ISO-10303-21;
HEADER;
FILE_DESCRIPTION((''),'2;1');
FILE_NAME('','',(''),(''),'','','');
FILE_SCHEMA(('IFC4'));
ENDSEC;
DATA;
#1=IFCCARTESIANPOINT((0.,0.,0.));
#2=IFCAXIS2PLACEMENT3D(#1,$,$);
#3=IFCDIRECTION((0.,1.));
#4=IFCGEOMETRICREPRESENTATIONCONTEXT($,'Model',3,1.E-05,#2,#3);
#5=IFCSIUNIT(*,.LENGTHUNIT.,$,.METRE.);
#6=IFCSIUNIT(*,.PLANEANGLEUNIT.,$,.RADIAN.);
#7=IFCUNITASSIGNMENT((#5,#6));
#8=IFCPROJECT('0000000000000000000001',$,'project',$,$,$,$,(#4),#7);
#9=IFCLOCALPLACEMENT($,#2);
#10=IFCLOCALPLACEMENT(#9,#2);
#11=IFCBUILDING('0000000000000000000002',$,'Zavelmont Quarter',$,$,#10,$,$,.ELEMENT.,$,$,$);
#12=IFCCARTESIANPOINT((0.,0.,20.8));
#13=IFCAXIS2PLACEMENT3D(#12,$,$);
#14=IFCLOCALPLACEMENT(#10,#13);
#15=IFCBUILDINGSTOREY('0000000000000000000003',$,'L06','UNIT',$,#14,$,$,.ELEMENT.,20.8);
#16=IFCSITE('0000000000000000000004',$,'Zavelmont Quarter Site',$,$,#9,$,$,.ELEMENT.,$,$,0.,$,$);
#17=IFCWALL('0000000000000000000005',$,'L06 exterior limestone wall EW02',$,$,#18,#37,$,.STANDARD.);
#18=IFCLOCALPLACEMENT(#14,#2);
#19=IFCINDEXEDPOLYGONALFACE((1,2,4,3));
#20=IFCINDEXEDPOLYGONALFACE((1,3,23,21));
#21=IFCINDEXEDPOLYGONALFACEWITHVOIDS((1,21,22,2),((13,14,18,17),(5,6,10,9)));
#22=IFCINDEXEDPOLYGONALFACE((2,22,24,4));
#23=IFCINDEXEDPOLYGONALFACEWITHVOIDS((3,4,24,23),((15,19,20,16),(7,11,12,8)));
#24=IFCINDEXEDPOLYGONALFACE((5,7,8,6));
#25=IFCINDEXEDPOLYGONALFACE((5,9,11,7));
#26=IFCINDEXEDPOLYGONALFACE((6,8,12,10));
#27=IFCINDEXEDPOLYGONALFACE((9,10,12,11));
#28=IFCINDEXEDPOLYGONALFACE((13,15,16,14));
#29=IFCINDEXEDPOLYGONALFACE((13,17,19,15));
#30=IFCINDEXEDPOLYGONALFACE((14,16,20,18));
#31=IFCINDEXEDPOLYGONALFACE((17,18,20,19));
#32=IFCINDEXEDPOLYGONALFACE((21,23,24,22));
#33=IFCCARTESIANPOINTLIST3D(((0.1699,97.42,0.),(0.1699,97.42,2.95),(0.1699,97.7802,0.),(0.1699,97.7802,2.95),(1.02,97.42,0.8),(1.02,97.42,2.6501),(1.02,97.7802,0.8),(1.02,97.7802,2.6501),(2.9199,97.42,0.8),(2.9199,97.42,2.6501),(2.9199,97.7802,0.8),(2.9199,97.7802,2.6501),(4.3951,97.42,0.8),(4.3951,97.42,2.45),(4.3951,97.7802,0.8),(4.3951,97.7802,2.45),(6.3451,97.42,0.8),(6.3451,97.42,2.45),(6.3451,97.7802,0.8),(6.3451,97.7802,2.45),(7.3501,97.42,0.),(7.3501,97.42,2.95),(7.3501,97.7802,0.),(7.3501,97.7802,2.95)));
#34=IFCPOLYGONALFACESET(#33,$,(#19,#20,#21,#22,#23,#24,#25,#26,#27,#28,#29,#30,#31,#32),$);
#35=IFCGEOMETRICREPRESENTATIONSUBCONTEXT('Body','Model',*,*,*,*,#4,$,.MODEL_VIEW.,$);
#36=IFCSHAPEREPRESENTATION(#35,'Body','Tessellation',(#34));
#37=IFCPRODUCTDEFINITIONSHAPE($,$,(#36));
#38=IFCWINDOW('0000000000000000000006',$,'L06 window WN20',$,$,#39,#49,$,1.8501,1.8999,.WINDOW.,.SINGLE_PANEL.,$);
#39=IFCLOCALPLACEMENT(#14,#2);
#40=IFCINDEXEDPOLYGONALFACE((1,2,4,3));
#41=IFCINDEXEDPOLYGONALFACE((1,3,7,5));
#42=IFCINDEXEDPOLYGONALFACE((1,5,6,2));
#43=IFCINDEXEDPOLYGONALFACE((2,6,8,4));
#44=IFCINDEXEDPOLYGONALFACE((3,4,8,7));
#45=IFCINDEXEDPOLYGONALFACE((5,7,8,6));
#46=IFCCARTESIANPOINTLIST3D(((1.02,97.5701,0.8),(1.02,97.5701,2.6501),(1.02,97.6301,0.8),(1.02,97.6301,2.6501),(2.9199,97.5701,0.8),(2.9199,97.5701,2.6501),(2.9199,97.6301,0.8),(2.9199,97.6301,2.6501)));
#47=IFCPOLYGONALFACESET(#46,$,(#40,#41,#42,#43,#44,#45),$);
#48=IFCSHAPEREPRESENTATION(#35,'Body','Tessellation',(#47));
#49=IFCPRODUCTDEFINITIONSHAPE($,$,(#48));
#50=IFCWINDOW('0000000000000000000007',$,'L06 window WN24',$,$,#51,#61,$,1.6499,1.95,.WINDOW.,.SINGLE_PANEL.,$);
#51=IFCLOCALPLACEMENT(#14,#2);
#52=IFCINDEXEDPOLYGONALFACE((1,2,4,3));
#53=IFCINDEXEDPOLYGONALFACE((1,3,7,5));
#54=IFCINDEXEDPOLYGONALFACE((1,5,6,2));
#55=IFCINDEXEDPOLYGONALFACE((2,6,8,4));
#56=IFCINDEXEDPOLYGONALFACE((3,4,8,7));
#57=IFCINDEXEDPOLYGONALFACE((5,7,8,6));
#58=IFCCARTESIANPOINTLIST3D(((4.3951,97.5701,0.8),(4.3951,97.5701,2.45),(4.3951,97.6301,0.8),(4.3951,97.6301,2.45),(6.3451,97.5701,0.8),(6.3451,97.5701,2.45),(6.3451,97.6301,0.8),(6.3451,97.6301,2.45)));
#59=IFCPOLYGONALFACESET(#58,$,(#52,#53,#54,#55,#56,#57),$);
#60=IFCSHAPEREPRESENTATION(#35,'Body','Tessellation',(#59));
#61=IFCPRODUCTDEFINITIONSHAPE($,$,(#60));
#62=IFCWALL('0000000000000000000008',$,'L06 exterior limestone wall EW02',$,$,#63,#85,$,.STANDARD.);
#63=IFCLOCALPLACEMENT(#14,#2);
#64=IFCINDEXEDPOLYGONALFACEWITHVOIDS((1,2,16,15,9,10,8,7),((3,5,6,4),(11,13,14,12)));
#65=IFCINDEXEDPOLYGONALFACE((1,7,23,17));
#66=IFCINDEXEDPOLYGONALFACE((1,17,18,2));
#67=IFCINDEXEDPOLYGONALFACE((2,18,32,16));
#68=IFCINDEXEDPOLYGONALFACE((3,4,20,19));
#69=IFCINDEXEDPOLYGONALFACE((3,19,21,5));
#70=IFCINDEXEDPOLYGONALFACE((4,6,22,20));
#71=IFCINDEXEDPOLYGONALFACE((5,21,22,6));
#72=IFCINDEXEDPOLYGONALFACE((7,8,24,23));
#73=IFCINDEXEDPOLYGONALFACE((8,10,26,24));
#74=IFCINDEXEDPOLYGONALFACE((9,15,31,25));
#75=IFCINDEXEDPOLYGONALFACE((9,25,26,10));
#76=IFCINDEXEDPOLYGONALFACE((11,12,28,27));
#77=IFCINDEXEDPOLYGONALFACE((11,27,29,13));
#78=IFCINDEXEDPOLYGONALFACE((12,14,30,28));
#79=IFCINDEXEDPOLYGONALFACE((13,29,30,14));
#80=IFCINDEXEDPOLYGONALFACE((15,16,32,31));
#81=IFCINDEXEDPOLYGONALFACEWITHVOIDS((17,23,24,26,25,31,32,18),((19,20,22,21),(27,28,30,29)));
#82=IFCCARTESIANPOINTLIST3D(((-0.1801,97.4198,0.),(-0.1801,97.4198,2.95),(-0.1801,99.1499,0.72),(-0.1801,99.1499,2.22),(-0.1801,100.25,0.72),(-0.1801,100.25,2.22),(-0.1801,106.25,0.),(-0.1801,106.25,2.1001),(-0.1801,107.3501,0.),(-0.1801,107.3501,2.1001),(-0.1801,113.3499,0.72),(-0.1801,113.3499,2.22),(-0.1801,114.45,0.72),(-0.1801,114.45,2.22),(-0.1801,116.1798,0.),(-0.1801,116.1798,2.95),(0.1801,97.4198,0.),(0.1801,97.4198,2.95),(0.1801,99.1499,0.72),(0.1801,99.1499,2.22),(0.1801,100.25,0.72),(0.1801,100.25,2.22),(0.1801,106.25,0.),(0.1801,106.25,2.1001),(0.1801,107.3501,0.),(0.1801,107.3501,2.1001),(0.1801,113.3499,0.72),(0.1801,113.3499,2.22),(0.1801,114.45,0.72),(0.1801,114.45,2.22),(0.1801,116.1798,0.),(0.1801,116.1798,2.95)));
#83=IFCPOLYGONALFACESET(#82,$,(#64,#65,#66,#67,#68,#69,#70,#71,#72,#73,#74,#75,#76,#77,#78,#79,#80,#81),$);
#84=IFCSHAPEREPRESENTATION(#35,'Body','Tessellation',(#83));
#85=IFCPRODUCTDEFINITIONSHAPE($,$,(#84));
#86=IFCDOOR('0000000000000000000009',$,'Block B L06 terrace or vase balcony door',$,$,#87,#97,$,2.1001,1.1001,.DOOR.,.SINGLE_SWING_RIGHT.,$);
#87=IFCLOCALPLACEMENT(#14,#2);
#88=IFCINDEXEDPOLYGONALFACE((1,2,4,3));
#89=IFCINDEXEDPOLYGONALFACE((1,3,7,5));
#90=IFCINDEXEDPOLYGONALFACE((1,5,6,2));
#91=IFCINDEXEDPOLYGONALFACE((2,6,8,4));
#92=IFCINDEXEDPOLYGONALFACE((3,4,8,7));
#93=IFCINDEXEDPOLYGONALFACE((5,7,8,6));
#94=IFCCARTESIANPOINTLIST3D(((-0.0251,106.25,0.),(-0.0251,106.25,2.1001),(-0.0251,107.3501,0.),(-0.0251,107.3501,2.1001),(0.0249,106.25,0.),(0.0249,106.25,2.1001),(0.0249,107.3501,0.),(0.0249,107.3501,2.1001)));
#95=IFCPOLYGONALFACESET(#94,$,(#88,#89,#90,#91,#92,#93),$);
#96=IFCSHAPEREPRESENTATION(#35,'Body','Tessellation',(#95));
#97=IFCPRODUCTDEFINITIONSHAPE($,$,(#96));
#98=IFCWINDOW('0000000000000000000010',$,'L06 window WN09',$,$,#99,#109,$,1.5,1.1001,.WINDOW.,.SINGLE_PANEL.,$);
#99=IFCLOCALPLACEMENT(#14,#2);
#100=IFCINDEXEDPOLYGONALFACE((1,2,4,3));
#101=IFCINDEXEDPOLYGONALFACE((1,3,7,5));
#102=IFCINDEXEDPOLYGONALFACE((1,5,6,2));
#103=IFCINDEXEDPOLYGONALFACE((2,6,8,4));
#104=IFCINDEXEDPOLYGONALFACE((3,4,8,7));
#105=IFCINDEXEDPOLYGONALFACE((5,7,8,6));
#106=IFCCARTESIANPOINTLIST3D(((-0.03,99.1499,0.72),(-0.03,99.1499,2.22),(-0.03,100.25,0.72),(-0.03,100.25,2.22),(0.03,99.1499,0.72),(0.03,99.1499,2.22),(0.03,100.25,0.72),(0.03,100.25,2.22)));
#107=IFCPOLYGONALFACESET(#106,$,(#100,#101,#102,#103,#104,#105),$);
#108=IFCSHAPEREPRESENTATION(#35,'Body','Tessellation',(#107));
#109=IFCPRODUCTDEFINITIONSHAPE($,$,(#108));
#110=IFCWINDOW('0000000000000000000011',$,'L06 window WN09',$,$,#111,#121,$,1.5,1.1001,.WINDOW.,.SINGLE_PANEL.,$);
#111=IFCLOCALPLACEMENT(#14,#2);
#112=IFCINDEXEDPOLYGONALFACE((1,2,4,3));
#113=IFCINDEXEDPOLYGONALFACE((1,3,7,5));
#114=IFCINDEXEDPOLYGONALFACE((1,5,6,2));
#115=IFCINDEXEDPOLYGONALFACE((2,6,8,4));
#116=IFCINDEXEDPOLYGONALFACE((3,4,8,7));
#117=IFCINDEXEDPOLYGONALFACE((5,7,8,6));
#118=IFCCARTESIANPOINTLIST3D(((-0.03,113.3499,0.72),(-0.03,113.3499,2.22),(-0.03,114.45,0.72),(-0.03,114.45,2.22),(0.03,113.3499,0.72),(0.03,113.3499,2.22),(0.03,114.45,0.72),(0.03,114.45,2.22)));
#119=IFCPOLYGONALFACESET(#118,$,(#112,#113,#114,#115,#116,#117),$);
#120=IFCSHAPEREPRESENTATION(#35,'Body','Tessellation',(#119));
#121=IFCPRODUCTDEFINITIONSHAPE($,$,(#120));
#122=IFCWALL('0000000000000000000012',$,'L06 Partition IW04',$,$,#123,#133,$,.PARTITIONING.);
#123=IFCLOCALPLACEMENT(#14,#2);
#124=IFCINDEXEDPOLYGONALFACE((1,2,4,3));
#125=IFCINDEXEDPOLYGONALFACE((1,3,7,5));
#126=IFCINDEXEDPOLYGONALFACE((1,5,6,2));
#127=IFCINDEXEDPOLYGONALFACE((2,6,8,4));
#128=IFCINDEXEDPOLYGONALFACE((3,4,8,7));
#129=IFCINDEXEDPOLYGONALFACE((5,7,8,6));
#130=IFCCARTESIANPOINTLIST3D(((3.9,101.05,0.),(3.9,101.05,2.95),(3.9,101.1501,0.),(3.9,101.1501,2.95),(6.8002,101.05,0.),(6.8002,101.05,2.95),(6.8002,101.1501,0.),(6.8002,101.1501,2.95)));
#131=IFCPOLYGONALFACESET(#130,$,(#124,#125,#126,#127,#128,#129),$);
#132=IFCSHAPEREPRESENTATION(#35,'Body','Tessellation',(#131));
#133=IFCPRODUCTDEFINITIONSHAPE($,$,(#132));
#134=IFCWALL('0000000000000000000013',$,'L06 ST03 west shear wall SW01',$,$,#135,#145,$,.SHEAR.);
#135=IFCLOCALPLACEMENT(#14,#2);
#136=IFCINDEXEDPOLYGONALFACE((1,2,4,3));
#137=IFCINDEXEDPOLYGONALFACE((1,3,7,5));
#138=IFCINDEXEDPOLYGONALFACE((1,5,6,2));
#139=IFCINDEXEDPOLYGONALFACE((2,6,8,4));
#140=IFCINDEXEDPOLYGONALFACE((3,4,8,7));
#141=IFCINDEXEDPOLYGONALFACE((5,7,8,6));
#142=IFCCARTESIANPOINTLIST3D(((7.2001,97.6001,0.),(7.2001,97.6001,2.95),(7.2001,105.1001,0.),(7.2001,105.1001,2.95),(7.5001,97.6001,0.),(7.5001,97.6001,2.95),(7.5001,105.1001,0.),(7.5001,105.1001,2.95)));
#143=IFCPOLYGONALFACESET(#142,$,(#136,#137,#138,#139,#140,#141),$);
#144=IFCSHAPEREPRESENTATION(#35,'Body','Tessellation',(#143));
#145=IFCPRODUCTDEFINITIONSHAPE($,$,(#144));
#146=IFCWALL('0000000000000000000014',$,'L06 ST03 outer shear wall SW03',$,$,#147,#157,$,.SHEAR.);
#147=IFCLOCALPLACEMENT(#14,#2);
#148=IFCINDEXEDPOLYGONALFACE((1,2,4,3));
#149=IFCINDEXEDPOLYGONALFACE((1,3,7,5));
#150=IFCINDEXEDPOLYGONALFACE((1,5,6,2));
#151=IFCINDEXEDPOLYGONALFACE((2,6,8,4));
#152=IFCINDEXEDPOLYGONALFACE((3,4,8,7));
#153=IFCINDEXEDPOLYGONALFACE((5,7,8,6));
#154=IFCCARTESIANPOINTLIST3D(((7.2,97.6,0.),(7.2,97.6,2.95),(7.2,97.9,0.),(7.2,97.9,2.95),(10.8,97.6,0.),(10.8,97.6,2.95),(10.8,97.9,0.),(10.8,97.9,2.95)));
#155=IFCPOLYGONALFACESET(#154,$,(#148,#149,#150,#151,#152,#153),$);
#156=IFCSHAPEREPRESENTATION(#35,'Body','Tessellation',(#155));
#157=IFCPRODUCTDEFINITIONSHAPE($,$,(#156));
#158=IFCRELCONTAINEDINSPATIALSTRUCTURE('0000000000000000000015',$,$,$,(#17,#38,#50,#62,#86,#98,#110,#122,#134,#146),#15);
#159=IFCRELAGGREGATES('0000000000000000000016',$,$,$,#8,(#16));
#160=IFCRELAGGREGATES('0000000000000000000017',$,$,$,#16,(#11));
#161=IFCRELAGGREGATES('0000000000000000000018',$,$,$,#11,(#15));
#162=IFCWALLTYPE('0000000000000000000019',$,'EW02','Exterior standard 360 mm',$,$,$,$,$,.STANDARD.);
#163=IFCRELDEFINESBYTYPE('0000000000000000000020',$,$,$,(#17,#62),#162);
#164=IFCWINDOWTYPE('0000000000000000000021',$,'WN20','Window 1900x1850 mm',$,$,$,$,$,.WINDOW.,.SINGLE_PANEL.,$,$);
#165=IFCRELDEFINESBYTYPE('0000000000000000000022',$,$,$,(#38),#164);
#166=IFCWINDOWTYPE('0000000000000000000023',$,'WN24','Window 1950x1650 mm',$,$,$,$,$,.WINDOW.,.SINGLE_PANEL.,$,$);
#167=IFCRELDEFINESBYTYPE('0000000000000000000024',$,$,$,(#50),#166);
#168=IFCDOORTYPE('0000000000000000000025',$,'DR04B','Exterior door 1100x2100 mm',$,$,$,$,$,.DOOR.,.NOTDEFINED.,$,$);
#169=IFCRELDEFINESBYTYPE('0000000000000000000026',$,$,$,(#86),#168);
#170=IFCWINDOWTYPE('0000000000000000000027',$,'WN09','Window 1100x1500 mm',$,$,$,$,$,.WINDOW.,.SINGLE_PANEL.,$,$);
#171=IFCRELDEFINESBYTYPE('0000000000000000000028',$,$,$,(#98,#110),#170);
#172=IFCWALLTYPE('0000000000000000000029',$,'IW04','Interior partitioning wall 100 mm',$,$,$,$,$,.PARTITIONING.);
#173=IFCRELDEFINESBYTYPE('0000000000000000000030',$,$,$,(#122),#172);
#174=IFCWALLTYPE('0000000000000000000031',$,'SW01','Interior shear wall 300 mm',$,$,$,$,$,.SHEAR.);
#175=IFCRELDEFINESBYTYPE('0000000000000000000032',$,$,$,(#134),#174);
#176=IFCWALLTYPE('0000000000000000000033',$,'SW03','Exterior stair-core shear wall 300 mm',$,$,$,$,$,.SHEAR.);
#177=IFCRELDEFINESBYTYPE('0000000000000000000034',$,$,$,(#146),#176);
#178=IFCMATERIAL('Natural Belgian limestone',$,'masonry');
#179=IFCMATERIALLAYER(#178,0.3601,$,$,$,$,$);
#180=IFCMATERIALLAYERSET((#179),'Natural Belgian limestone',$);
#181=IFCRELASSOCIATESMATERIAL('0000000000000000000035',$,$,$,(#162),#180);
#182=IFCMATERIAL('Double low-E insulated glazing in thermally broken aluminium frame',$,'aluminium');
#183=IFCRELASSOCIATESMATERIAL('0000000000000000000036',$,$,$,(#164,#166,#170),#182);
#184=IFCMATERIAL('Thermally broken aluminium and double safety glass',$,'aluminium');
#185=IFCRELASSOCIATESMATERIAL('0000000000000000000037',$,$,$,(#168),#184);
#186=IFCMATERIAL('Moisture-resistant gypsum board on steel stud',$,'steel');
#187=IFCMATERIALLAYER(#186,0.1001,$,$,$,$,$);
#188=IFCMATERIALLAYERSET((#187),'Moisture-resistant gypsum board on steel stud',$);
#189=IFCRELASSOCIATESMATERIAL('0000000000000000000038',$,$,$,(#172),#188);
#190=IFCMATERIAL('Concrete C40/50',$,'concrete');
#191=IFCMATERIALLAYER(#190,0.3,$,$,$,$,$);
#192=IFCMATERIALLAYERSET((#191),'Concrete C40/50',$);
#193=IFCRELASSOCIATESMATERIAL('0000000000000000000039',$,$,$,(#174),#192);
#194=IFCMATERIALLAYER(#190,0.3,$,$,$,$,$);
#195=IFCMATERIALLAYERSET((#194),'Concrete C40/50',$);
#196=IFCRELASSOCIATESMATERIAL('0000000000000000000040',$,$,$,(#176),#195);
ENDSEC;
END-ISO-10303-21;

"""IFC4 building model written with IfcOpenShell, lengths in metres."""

from ifc_helpers import new_model, si_unit, direction, frame, frame_2d, origin, origin_with_axes, place, context, subcontext, project, spatial, rectangle, extrude, material, layer, layer_set, type_object, element, fill, save


model = new_model("IFC4")

# Units and contexts
model_context = context("Model", 3, precision=1e-05, world=origin(), true_north=direction((0.0, 1.0)))
body_context = subcontext(model_context, "Body", "Model", "MODEL_VIEW")
ifc_project = project(units=[si_unit("LENGTHUNIT", "METRE"), si_unit("PLANEANGLEUNIT", "RADIAN")], contexts=[model_context])

# Site, building, storey
site_placement = place(None, origin())
site = spatial("IfcSite", under=ifc_project, at=site_placement, Name="Zavelmont Quarter Site", CompositionType="ELEMENT", RefElevation=0.0)
building_placement = place(site_placement, origin())
building = spatial("IfcBuilding", under=site, at=building_placement, Name="Zavelmont Quarter", CompositionType="ELEMENT")
storey_placement = place(building_placement, frame((0.0, 0.0, 20.8)))
storey = spatial("IfcBuildingStorey", under=building, at=storey_placement, Name="L06", Description="UNIT", CompositionType="ELEMENT", Elevation=20.8)

# Shared definitions
ifc_material_1 = material(Name="Concrete C40/50", Category="concrete")

# Wall, openings, windows
ifc_material_2 = material(Name="Natural Belgian limestone", Category="masonry")
ifc_layer_1 = layer(ifc_material_2, 0.3601)
ifc_layer_set_1 = layer_set([ifc_layer_1], Name="Natural Belgian limestone")
wall_type_1 = type_object("IfcWallType", Name="EW02", Description="Exterior standard 360 mm", PredefinedType="STANDARD", material=ifc_layer_set_1)
wall_1_placement = place(storey_placement, frame((0.1699, 97.6001, 0.0), z_axis=(0.0, 0.0, 1.0), x_axis=(1.0, 0.0, 0.0)))
wall_1 = element("IfcWall", 1, at=wall_1_placement, inside=storey, type_object=wall_type_1, Name="L06 exterior limestone wall EW02", PredefinedType="STANDARD", context=body_context, shape_type="SweptSolid", body=[
    extrude(rectangle(XDim=7.1802, YDim=0.3601, at=frame_2d((3.5901, 0.0))), origin(), (0.0, 0.0, 1.0), 2.95),
])
opening_1_placement = place(wall_1_placement, frame((0.8501, 0.0, 0.8)))
opening_1 = element("IfcOpeningElement", 2, at=opening_1_placement, cuts=wall_1, PredefinedType="OPENING", context=body_context, shape_type="SweptSolid", body=[
    extrude(rectangle(XDim=1.8999, YDim=1.8501, at=frame_2d((0.95, 0.925))), frame((0.0, 0.1919, 0.0), z_axis=(0.0, -1.0, 0.0), x_axis=(1.0, 0.0, 0.0)), (0.0, 0.0, 1.0), 0.384),
])
opening_2_placement = place(wall_1_placement, frame((4.2251, 0.0, 0.8)))
opening_2 = element("IfcOpeningElement", 3, at=opening_2_placement, cuts=wall_1, PredefinedType="OPENING", context=body_context, shape_type="SweptSolid", body=[
    extrude(rectangle(XDim=1.95, YDim=1.6499, at=frame_2d((0.9751, 0.825))), frame((0.0, 0.1919, 0.0), z_axis=(0.0, -1.0, 0.0), x_axis=(1.0, 0.0, 0.0)), (0.0, 0.0, 1.0), 0.384),
])
ifc_material_3 = material(Name="Double low-E insulated glazing in thermally broken aluminium frame", Category="aluminium")
window_type_1 = type_object("IfcWindowType", Name="WN20", Description="Window 1900x1850 mm", PartitioningType="SINGLE_PANEL", PredefinedType="WINDOW", material=ifc_material_3)
window_1_placement = place(opening_1_placement, origin_with_axes())
window_1 = element("IfcWindow", 4, at=window_1_placement, inside=storey, type_object=window_type_1, Name="L06 window WN20", OverallHeight=1.8501, OverallWidth=1.8999, PartitioningType="SINGLE_PANEL", PredefinedType="WINDOW", context=body_context, shape_type="SweptSolid", body=[
    extrude(rectangle(XDim=1.8999, YDim=1.8501, at=frame_2d((0.95, 0.925))), frame((0.0, 0.03, 0.0), z_axis=(0.0, -1.0, 0.0), x_axis=(1.0, 0.0, 0.0)), (0.0, 0.0, 1.0), 0.0601),
])
fill(opening_1, window_1)
window_type_2 = type_object("IfcWindowType", Name="WN24", Description="Window 1950x1650 mm", PartitioningType="SINGLE_PANEL", PredefinedType="WINDOW", material=ifc_material_3)
window_2_placement = place(opening_2_placement, origin_with_axes())
window_2 = element("IfcWindow", 5, at=window_2_placement, inside=storey, type_object=window_type_2, Name="L06 window WN24", OverallHeight=1.6499, OverallWidth=1.95, PartitioningType="SINGLE_PANEL", PredefinedType="WINDOW", context=body_context, shape_type="SweptSolid", body=[
    extrude(rectangle(XDim=1.95, YDim=1.6499, at=frame_2d((0.9751, 0.825))), frame((0.0, 0.03, 0.0), z_axis=(0.0, -1.0, 0.0), x_axis=(1.0, 0.0, 0.0)), (0.0, 0.0, 1.0), 0.0601),
])
fill(opening_2, window_2)

# Wall, openings, door, windows
wall_2_placement = place(storey_placement, frame((0.0, 97.4199, 0.0), z_axis=(0.0, 0.0, 1.0), x_axis=(0.0, 1.0, 0.0)))
wall_2 = element("IfcWall", 6, at=wall_2_placement, inside=storey, type_object=wall_type_1, Name="L06 exterior limestone wall EW02", PredefinedType="STANDARD", context=body_context, shape_type="SweptSolid", body=[
    extrude(rectangle(XDim=18.76, YDim=0.3601, at=frame_2d((9.3799, 0.0))), origin(), (0.0, 0.0, 1.0), 2.95),
])
opening_3_placement = place(wall_2_placement, frame((8.8301, 0.0, 0.0)))
opening_3 = element("IfcOpeningElement", 7, at=opening_3_placement, cuts=wall_2, PredefinedType="OPENING", context=body_context, shape_type="SweptSolid", body=[
    extrude(rectangle(XDim=1.1001, YDim=2.1001, at=frame_2d((0.55, 1.05))), frame((0.0, 0.1919, 0.0), z_axis=(0.0, -1.0, 0.0), x_axis=(1.0, 0.0, 0.0)), (0.0, 0.0, 1.0), 0.384),
])
opening_4_placement = place(wall_2_placement, frame((1.73, 0.0, 0.72)))
opening_4 = element("IfcOpeningElement", 8, at=opening_4_placement, cuts=wall_2, PredefinedType="OPENING", context=body_context, shape_type="SweptSolid", body=[
    extrude(rectangle(XDim=1.1001, YDim=1.5, at=frame_2d((0.55, 0.75))), frame((0.0, 0.1919, 0.0), z_axis=(0.0, -1.0, 0.0), x_axis=(1.0, 0.0, 0.0)), (0.0, 0.0, 1.0), 0.384),
])
opening_5_placement = place(wall_2_placement, frame((15.9299, 0.0, 0.72)))
opening_5 = element("IfcOpeningElement", 9, at=opening_5_placement, cuts=wall_2, PredefinedType="OPENING", context=body_context, shape_type="SweptSolid", body=[
    extrude(rectangle(XDim=1.1001, YDim=1.5, at=frame_2d((0.55, 0.75))), frame((0.0, 0.1919, 0.0), z_axis=(0.0, -1.0, 0.0), x_axis=(1.0, 0.0, 0.0)), (0.0, 0.0, 1.0), 0.384),
])
ifc_material_4 = material(Name="Thermally broken aluminium and double safety glass", Category="aluminium")
door_type = type_object("IfcDoorType", Name="DR04B", Description="Exterior door 1100x2100 mm", OperationType="NOTDEFINED", PredefinedType="DOOR", material=ifc_material_4)
door_placement = place(opening_3_placement, frame((1.1001, 0.0, 0.0), z_axis=(0.0, 0.0, 1.0), x_axis=(-1.0, 0.0, 0.0)))
door = element("IfcDoor", 10, at=door_placement, inside=storey, type_object=door_type, Name="Block B L06 terrace or vase balcony door", OperationType="SINGLE_SWING_RIGHT", OverallHeight=2.1001, OverallWidth=1.1001, PredefinedType="DOOR", context=body_context, shape_type="SweptSolid", body=[
    extrude(rectangle(XDim=1.1001, YDim=2.1001, at=frame_2d((0.55, 1.05))), frame((0.0, 0.0249, 0.0), z_axis=(0.0, -1.0, 0.0), x_axis=(1.0, 0.0, 0.0)), (0.0, 0.0, 1.0), 0.05),
])
fill(opening_3, door)
window_type_3 = type_object("IfcWindowType", Name="WN09", Description="Window 1100x1500 mm", PartitioningType="SINGLE_PANEL", PredefinedType="WINDOW", material=ifc_material_3)
window_3_placement = place(opening_4_placement, origin_with_axes())
window_3 = element("IfcWindow", 11, at=window_3_placement, inside=storey, type_object=window_type_3, Name="L06 window WN09", OverallHeight=1.5, OverallWidth=1.1001, PartitioningType="SINGLE_PANEL", PredefinedType="WINDOW", context=body_context, shape_type="SweptSolid", body=[
    extrude(rectangle(XDim=1.1001, YDim=1.5, at=frame_2d((0.55, 0.75))), frame((0.0, 0.03, 0.0), z_axis=(0.0, -1.0, 0.0), x_axis=(1.0, 0.0, 0.0)), (0.0, 0.0, 1.0), 0.0601),
])
fill(opening_4, window_3)
window_4_placement = place(opening_5_placement, origin_with_axes())
window_4 = element("IfcWindow", 12, at=window_4_placement, inside=storey, type_object=window_type_3, Name="L06 window WN09", OverallHeight=1.5, OverallWidth=1.1001, PartitioningType="SINGLE_PANEL", PredefinedType="WINDOW", context=body_context, shape_type="SweptSolid", body=[
    extrude(rectangle(XDim=1.1001, YDim=1.5, at=frame_2d((0.55, 0.75))), frame((0.0, 0.03, 0.0), z_axis=(0.0, -1.0, 0.0), x_axis=(1.0, 0.0, 0.0)), (0.0, 0.0, 1.0), 0.0601),
])
fill(opening_5, window_4)

# Walls
ifc_material_5 = material(Name="Moisture-resistant gypsum board on steel stud", Category="steel")
ifc_layer_2 = layer(ifc_material_5, 0.1001)
ifc_layer_set_2 = layer_set([ifc_layer_2], Name="Moisture-resistant gypsum board on steel stud")
wall_type_2 = type_object("IfcWallType", Name="IW04", Description="Interior partitioning wall 100 mm", PredefinedType="PARTITIONING", material=ifc_layer_set_2)
wall_3_placement = place(storey_placement, frame((3.8999, 101.1001, 0.0), z_axis=(0.0, 0.0, 1.0), x_axis=(1.0, 0.0, 0.0)))
element("IfcWall", 13, at=wall_3_placement, inside=storey, type_object=wall_type_2, Name="L06 Partition IW04", PredefinedType="PARTITIONING", context=body_context, shape_type="SweptSolid", body=[
    extrude(rectangle(XDim=2.9001, YDim=0.1001, at=frame_2d((1.4502, 0.0))), origin(), (0.0, 0.0, 1.0), 2.95),
])
ifc_layer_3 = layer(ifc_material_1, 0.3)
ifc_layer_set_3 = layer_set([ifc_layer_3], Name="Concrete C40/50")
wall_type_3 = type_object("IfcWallType", Name="SW01", Description="Interior shear wall 300 mm", PredefinedType="SHEAR", material=ifc_layer_set_3)
wall_4_placement = place(storey_placement, frame((7.3501, 97.6001, 0.0), z_axis=(0.0, 0.0, 1.0), x_axis=(0.0, 1.0, 0.0)))
element("IfcWall", 14, at=wall_4_placement, inside=storey, type_object=wall_type_3, Name="L06 ST03 west shear wall SW01", PredefinedType="SHEAR", context=body_context, shape_type="SweptSolid", body=[
    extrude(rectangle(XDim=7.5, YDim=0.3, at=frame_2d((3.75, 0.0))), origin(), (0.0, 0.0, 1.0), 2.95),
])
ifc_layer_4 = layer(ifc_material_1, 0.3)
ifc_layer_set_4 = layer_set([ifc_layer_4], Name="Concrete C40/50")
wall_type_4 = type_object("IfcWallType", Name="SW03", Description="Exterior stair-core shear wall 300 mm", PredefinedType="SHEAR", material=ifc_layer_set_4)
wall_5_placement = place(storey_placement, frame((7.2, 97.75, 0.0), z_axis=(0.0, 0.0, 1.0), x_axis=(1.0, 0.0, 0.0)))
element("IfcWall", 15, at=wall_5_placement, inside=storey, type_object=wall_type_4, Name="L06 ST03 outer shear wall SW03", PredefinedType="SHEAR", context=body_context, shape_type="SweptSolid", body=[
    extrude(rectangle(XDim=3.6001, YDim=0.3, at=frame_2d((1.8, 0.0))), origin(), (0.0, 0.0, 1.0), 2.95),
])

save(model, "model.ifc")
